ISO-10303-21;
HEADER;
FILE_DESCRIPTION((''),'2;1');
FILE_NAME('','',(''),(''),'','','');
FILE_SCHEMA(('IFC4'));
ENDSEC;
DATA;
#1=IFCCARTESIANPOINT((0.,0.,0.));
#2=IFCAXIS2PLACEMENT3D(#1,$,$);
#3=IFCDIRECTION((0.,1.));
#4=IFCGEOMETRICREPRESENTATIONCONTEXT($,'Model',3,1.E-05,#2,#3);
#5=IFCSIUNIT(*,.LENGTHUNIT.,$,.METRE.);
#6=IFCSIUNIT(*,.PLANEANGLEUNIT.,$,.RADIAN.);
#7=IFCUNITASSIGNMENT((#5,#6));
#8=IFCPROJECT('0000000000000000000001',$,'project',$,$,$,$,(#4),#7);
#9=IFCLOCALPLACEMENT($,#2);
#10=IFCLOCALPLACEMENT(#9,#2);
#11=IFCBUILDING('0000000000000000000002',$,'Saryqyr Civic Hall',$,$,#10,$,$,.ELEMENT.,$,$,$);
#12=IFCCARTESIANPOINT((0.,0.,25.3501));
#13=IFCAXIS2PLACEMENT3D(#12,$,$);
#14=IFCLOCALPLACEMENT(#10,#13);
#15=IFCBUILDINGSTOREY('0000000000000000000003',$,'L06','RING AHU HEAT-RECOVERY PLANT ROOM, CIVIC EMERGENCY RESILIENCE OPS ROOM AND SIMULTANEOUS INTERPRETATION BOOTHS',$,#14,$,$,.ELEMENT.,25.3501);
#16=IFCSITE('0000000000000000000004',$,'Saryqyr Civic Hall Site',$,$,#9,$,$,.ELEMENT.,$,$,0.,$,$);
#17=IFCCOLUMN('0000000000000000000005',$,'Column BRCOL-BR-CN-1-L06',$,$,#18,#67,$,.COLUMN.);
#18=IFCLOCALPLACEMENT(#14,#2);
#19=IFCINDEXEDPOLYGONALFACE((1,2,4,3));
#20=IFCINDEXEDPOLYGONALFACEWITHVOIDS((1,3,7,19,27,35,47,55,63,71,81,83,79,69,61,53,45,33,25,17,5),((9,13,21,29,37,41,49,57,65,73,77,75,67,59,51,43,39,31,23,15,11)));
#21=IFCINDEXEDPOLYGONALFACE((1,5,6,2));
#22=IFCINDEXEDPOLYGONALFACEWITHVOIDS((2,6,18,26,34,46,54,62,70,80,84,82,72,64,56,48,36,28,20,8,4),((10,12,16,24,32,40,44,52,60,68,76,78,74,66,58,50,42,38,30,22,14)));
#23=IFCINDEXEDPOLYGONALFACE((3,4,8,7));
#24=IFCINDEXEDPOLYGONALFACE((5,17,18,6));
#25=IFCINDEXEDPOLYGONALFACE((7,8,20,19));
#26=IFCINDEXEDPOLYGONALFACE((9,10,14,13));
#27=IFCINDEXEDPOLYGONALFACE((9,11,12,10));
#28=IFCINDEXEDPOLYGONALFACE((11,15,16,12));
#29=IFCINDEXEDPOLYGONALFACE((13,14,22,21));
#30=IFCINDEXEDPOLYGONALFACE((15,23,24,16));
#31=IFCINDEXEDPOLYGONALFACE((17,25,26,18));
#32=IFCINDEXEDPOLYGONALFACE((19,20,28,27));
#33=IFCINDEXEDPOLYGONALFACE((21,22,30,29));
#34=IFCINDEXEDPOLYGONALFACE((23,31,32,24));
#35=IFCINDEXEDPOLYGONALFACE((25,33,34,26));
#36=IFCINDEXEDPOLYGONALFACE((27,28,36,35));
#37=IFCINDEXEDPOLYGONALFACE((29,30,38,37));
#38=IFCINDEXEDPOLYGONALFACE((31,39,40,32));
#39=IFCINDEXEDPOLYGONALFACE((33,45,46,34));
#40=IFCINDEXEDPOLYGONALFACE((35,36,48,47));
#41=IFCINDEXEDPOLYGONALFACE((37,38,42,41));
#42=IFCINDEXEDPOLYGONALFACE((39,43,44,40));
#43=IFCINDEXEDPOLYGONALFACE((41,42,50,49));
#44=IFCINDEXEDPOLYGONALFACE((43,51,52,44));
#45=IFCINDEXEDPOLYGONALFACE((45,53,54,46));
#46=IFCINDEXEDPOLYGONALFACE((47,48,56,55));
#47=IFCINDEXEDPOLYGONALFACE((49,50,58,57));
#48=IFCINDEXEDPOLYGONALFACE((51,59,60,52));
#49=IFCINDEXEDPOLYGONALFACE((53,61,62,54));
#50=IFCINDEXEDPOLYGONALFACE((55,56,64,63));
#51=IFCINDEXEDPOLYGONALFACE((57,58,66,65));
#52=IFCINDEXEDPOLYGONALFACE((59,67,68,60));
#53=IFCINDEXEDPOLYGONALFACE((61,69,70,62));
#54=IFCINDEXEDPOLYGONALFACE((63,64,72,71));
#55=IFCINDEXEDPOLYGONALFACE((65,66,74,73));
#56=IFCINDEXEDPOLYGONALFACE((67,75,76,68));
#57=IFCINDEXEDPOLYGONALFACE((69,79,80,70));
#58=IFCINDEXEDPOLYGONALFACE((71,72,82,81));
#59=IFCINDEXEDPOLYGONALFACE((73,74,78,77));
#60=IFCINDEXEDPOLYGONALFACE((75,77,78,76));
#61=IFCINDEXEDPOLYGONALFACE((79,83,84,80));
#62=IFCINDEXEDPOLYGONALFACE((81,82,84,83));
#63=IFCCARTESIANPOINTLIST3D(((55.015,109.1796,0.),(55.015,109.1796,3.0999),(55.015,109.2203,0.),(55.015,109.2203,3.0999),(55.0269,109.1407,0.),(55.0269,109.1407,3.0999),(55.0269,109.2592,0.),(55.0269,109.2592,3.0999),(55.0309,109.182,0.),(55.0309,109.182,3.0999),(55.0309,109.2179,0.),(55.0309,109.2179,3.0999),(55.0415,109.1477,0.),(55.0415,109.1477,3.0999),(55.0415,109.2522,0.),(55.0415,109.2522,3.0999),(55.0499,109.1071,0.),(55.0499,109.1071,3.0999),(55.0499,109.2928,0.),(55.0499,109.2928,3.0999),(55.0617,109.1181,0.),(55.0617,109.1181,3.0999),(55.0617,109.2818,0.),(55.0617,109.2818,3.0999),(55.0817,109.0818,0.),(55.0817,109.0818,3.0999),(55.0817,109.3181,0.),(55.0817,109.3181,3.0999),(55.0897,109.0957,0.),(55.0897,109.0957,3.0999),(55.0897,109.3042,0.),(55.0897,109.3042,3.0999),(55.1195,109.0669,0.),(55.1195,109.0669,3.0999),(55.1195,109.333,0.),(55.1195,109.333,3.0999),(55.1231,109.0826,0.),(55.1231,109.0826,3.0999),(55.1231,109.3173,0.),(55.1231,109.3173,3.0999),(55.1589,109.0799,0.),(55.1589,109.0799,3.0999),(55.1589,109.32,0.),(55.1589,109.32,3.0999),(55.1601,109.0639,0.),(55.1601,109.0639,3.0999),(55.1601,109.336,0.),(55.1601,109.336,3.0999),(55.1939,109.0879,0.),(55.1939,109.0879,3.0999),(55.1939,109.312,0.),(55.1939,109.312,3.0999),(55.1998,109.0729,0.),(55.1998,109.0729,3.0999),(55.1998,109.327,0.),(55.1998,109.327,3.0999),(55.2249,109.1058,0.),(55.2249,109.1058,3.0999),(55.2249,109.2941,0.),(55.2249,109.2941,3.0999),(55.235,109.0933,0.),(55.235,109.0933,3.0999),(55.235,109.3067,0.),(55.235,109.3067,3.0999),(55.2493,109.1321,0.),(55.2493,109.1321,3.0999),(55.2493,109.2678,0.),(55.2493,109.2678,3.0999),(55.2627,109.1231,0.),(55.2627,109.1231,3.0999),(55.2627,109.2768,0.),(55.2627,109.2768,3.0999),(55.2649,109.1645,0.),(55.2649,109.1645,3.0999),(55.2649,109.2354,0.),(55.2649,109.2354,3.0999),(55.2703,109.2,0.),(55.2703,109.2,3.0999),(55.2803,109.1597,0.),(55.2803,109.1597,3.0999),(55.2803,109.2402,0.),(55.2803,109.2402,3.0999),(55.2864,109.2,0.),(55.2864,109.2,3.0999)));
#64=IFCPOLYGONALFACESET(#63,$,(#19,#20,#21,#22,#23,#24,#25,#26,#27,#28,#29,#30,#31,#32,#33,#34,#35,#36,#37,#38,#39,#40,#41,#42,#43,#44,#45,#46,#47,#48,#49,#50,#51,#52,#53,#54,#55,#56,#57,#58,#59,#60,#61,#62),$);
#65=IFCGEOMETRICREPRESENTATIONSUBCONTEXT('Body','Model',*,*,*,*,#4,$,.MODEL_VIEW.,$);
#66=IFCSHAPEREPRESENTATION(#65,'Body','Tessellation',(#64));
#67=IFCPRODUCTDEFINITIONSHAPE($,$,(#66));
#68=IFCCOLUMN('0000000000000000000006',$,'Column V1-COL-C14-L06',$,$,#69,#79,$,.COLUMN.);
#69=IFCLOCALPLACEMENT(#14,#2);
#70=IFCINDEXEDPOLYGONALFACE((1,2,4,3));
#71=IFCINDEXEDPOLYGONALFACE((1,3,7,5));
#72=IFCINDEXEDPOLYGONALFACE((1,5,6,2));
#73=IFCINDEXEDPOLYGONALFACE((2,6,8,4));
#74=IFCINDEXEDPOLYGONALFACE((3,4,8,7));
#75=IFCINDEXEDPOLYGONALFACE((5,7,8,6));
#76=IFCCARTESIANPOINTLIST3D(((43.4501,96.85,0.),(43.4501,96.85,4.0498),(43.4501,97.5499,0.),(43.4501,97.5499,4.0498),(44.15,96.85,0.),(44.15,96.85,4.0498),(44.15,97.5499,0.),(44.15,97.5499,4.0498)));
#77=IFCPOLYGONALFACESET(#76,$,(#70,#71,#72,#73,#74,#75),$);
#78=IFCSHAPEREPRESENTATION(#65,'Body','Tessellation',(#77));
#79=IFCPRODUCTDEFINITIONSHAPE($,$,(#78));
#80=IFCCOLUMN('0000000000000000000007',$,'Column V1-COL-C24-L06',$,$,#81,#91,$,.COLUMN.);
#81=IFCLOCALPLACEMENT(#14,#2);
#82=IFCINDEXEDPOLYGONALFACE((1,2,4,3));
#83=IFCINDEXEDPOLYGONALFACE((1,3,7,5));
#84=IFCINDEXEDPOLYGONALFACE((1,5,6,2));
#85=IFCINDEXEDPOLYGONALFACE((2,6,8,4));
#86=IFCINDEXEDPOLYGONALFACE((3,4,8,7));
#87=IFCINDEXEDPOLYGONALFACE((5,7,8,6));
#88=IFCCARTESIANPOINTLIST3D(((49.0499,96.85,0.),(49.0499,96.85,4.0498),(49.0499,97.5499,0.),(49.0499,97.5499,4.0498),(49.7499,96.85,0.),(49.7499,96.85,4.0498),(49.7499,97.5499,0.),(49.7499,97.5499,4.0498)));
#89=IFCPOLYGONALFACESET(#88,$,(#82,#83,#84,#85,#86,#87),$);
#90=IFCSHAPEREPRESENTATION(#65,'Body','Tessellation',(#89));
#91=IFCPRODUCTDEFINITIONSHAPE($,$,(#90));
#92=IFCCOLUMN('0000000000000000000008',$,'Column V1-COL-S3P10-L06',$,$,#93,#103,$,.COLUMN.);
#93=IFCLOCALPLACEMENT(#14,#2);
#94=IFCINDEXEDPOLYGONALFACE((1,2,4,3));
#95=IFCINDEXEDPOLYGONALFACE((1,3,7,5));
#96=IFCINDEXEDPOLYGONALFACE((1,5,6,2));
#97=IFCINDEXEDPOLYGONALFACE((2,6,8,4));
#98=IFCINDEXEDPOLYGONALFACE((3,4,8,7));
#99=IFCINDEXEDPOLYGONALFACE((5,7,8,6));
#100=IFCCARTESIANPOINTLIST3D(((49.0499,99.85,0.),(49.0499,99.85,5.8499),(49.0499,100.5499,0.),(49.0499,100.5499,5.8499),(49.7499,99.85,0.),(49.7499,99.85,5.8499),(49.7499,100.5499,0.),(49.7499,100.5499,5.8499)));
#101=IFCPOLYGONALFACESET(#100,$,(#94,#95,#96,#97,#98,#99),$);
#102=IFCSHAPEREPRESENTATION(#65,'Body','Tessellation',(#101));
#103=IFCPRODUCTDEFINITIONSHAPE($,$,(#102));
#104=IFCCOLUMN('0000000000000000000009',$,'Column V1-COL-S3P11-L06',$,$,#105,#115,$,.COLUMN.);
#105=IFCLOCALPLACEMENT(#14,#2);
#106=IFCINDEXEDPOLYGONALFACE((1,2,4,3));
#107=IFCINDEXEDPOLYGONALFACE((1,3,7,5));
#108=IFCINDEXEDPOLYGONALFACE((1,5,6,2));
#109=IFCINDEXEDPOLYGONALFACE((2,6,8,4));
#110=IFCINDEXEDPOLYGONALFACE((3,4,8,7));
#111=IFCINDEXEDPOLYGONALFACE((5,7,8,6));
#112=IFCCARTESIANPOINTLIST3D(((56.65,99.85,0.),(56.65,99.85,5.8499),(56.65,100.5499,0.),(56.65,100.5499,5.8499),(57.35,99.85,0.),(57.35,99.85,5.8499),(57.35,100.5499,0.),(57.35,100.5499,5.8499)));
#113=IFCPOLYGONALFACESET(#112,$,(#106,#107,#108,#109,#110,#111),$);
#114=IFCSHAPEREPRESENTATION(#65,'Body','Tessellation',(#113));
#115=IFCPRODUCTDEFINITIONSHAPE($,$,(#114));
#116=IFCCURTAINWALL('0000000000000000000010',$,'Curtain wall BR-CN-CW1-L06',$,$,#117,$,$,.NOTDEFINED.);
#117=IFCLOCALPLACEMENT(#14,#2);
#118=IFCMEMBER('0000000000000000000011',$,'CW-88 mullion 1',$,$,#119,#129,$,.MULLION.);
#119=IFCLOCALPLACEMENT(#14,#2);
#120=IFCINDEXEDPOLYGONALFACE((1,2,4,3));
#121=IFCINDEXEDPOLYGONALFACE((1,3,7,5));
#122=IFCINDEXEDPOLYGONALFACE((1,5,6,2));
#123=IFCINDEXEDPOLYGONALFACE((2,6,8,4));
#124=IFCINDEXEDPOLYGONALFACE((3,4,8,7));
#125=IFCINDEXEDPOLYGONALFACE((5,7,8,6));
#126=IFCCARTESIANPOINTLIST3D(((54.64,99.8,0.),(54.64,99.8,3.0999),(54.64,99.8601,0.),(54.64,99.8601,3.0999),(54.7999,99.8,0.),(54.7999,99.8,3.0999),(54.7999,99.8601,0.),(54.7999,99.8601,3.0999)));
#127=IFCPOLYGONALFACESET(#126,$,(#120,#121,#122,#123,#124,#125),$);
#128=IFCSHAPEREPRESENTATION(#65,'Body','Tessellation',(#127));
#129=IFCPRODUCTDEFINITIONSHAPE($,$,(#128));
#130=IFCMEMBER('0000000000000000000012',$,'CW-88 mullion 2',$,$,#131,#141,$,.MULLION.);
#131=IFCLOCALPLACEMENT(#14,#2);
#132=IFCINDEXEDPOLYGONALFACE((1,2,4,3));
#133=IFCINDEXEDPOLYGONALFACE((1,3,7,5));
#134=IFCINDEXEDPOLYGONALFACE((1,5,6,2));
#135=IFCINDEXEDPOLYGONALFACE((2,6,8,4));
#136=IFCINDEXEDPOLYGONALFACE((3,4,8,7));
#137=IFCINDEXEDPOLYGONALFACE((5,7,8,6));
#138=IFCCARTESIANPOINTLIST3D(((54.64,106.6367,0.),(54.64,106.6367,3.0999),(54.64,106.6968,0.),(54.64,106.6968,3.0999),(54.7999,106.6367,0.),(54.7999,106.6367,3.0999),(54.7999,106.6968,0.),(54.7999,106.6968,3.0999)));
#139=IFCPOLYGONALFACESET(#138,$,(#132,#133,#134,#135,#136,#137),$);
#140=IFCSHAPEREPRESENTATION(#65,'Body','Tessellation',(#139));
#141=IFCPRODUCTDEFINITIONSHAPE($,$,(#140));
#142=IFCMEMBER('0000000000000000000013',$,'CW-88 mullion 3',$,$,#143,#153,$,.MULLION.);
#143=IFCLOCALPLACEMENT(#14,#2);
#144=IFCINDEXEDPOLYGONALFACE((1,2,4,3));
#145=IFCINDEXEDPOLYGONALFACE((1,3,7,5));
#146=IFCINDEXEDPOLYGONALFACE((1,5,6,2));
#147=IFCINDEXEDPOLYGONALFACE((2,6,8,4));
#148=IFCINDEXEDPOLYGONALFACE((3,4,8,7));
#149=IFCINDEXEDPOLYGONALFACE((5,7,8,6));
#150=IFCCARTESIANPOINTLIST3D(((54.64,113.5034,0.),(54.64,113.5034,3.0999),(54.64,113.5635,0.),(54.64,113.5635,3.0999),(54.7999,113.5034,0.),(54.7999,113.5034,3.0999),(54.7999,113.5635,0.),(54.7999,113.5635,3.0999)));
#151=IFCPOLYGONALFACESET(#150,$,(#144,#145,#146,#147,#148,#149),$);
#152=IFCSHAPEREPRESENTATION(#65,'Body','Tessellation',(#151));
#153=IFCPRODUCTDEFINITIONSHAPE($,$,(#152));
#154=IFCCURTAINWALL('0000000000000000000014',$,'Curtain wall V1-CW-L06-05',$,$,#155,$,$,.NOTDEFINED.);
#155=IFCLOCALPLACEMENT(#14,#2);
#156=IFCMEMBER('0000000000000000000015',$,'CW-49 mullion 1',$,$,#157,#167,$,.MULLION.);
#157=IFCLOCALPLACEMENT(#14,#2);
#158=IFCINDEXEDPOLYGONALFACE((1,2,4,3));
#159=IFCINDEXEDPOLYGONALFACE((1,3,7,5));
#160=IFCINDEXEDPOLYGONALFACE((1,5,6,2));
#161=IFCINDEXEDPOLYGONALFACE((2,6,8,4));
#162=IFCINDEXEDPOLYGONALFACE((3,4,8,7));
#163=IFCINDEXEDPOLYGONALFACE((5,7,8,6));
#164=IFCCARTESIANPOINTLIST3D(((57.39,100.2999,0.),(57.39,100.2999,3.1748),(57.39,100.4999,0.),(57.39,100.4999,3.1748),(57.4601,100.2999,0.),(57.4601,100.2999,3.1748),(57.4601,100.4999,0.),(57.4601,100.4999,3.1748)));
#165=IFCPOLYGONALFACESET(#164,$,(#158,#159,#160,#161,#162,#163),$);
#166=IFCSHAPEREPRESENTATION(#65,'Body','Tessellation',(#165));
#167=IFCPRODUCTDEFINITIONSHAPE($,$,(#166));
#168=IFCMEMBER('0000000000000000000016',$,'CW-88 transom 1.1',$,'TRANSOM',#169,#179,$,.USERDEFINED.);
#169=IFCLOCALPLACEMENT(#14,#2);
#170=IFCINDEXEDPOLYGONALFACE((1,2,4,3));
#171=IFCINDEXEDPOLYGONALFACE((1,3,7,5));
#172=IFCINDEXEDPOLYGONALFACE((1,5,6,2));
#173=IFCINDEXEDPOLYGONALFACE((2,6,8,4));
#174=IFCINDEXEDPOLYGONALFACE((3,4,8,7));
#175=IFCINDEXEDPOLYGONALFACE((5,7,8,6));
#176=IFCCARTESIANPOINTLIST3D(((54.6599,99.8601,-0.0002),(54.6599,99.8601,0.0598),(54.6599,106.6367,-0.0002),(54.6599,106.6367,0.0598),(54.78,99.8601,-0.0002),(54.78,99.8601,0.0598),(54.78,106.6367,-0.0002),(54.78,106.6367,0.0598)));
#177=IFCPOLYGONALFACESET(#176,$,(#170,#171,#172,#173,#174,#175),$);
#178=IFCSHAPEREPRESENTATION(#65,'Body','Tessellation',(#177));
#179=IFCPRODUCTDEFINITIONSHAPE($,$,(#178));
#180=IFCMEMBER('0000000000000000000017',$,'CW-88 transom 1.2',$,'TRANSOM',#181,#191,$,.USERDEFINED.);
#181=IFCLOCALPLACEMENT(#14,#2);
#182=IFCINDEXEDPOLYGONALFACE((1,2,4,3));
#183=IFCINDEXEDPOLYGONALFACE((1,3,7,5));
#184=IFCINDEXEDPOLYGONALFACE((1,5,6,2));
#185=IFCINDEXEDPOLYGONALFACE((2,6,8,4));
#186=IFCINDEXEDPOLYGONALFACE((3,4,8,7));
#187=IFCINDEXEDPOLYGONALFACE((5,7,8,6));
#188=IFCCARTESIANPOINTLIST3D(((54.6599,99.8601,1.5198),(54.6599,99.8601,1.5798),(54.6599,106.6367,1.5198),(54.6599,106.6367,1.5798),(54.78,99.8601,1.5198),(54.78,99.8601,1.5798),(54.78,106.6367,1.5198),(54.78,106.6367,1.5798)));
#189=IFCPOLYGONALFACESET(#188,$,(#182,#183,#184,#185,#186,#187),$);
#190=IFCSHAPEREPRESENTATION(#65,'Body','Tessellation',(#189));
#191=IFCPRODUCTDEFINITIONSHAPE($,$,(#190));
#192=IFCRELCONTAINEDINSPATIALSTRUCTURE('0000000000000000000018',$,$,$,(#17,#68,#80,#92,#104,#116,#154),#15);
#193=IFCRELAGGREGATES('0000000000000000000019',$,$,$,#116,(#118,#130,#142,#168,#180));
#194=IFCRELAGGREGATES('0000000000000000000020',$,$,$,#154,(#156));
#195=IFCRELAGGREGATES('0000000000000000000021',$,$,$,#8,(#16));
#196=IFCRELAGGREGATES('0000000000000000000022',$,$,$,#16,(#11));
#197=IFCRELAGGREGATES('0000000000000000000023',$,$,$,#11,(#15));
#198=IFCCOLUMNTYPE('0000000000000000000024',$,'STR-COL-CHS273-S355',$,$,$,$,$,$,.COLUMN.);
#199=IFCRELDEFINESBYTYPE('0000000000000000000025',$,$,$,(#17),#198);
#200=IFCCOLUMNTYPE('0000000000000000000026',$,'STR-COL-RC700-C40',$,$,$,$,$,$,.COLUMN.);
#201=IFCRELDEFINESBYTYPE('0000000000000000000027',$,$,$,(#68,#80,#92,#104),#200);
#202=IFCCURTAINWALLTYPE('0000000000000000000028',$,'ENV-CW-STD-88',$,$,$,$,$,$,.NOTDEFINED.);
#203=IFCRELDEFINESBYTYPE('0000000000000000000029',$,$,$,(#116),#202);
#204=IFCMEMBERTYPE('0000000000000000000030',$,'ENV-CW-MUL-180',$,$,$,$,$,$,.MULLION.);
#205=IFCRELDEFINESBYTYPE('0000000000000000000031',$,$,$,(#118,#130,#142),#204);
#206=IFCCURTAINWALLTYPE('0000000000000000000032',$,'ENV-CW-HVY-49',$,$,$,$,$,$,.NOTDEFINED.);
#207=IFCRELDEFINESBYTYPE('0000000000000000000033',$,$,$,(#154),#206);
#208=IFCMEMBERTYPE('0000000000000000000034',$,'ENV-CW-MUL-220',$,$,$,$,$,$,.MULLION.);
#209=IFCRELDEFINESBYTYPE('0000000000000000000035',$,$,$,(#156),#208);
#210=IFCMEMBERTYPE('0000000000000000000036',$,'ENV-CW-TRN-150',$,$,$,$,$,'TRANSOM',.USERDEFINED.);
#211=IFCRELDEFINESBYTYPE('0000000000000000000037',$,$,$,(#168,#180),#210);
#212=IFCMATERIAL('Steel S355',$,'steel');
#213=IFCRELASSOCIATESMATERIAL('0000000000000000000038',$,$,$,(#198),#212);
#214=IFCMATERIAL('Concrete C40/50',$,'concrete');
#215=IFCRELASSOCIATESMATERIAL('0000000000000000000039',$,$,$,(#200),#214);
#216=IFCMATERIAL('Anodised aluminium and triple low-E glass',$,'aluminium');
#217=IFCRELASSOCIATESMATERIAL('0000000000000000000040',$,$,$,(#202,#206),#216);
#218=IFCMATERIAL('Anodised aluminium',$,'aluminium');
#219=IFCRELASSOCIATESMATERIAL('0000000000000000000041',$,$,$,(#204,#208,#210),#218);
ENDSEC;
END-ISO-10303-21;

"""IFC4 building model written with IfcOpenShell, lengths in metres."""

from ifc_helpers import new_model, si_unit, direction, frame, origin, origin_2d, place, context, subcontext, project, spatial, rectangle, hollow_circle, extrude, material, material_profile, profile_set, type_object, element, aggregate, save


model = new_model("IFC4")

# Units and contexts
model_context = context("Model", 3, precision=1e-05, world=origin(), true_north=direction((0.0, 1.0)))
body_context = subcontext(model_context, "Body", "Model", "MODEL_VIEW")
ifc_project = project(units=[si_unit("LENGTHUNIT", "METRE"), si_unit("PLANEANGLEUNIT", "RADIAN")], contexts=[model_context])

# Site, building, storey
site_placement = place(None, origin())
site = spatial("IfcSite", under=ifc_project, at=site_placement, Name="Saryqyr Civic Hall Site", CompositionType="ELEMENT", RefElevation=0.0)
building_placement = place(site_placement, origin())
building = spatial("IfcBuilding", under=site, at=building_placement, Name="Saryqyr Civic Hall", CompositionType="ELEMENT")
storey_placement = place(building_placement, frame((0.0, 0.0, 25.3501)))
storey = spatial("IfcBuildingStorey", under=building, at=storey_placement, Name="L06", Description="RING AHU HEAT-RECOVERY PLANT ROOM, CIVIC EMERGENCY RESILIENCE OPS ROOM AND SIMULTANEOUS INTERPRETATION BOOTHS", CompositionType="ELEMENT", Elevation=25.3501)

# Columns
ifc_material_1 = material(Name="Steel S355", Category="steel")
ifc_material_profile_1 = material_profile(ifc_material_1, hollow_circle(Radius=0.1365, WallThickness=0.0161, at=origin_2d()), Name="CHS 273x16")
ifc_profile_set_1 = profile_set([ifc_material_profile_1], Name="Steel S355")
column_type_1 = type_object("IfcColumnType", Name="STR-COL-CHS273-S355", PredefinedType="COLUMN", material=ifc_profile_set_1)
column_placement = place(storey_placement, frame((55.1499, 109.2, 0.0), z_axis=(0.0, 0.0, 1.0), x_axis=(1.0, 0.0, 0.0)))
element("IfcColumn", 1, at=column_placement, inside=storey, type_object=column_type_1, Name="Column BRCOL-BR-CN-1-L06", PredefinedType="COLUMN", context=body_context, shape_type="SweptSolid", body=[
    extrude(hollow_circle(Radius=0.1365, WallThickness=0.0161, at=origin_2d()), origin(), (0.0, 0.0, 1.0), 3.0999),
])
ifc_material_2 = material(Name="Concrete C40/50", Category="concrete")
ifc_material_profile_2 = material_profile(ifc_material_2, rectangle(XDim=0.7, YDim=0.7, at=origin_2d()), Name="RC 700x700")
ifc_profile_set_2 = profile_set([ifc_material_profile_2], Name="Concrete C40/50")
column_type_2 = type_object("IfcColumnType", Name="STR-COL-RC700-C40", PredefinedType="COLUMN", material=ifc_profile_set_2)
for number, where, z_axis, x_axis, name in (
    (2, (43.8, 97.2, 0.0), (0.0, 0.0, 1.0), (1.0, 0.0, 0.0), "Column V1-COL-C14-L06"),
    (3, (49.3999, 97.2, 0.0), (0.0, 0.0, 1.0), (1.0, 0.0, 0.0), "Column V1-COL-C24-L06"),
):
    element("IfcColumn", number, at=place(storey_placement, frame(where, z_axis=z_axis, x_axis=x_axis)), inside=storey, type_object=column_type_2, Name=name, PredefinedType="COLUMN", context=body_context, shape_type="SweptSolid", body=[
        extrude(rectangle(XDim=0.7, YDim=0.7, at=origin_2d()), origin(), (0.0, 0.0, 1.0), 4.0498),
    ])
for number, where, z_axis, x_axis, name in (
    (4, (49.3999, 100.2, 0.0), (0.0, 0.0, 1.0), (1.0, 0.0, 0.0), "Column V1-COL-S3P10-L06"),
    (5, (57.0, 100.2, 0.0), (0.0, 0.0, 1.0), (1.0, 0.0, 0.0), "Column V1-COL-S3P11-L06"),
):
    element("IfcColumn", number, at=place(storey_placement, frame(where, z_axis=z_axis, x_axis=x_axis)), inside=storey, type_object=column_type_2, Name=name, PredefinedType="COLUMN", context=body_context, shape_type="SweptSolid", body=[
        extrude(rectangle(XDim=0.7, YDim=0.7, at=origin_2d()), origin(), (0.0, 0.0, 1.0), 5.8499),
    ])

# Curtain wall, members
ifc_material_3 = material(Name="Anodised aluminium and triple low-E glass", Category="aluminium")
curtain_wall_type_1 = type_object("IfcCurtainWallType", Name="ENV-CW-STD-88", PredefinedType="NOTDEFINED", material=ifc_material_3)
curtain_wall_1_placement = place(storey_placement, origin())
curtain_wall_1 = element("IfcCurtainWall", 6, at=curtain_wall_1_placement, inside=storey, type_object=curtain_wall_type_1, Name="Curtain wall BR-CN-CW1-L06", PredefinedType="NOTDEFINED")
ifc_material_4 = material(Name="Anodised aluminium", Category="aluminium")
ifc_material_profile_3 = material_profile(ifc_material_4, rectangle(XDim=0.0601, YDim=0.1599, at=origin_2d()), Name="ALU MULLION 60x160")
ifc_profile_set_3 = profile_set([ifc_material_profile_3], Name="Anodised aluminium")
member_type_1 = type_object("IfcMemberType", Name="ENV-CW-MUL-180", PredefinedType="MULLION", material=ifc_profile_set_3)
member_1_placement = place(storey_placement, frame((54.72, 99.8301, 0.0), z_axis=(0.0, 0.0, 1.0), x_axis=(0.0, 1.0, 0.0)))
member_1 = element("IfcMember", 7, at=member_1_placement, type_object=member_type_1, Name="CW-88 mullion 1", PredefinedType="MULLION", context=body_context, shape_type="SweptSolid", body=[
    extrude(rectangle(XDim=0.0601, YDim=0.1599, at=origin_2d()), origin(), (0.0, 0.0, 1.0), 3.0999),
])
member_2_placement = place(storey_placement, frame((54.72, 106.6667, 0.0), z_axis=(0.0, 0.0, 1.0), x_axis=(0.0, 1.0, 0.0)))
member_2 = element("IfcMember", 8, at=member_2_placement, type_object=member_type_1, Name="CW-88 mullion 2", PredefinedType="MULLION", context=body_context, shape_type="SweptSolid", body=[
    extrude(rectangle(XDim=0.0601, YDim=0.1599, at=origin_2d()), origin(), (0.0, 0.0, 1.0), 3.0999),
])
member_3_placement = place(storey_placement, frame((54.72, 113.5334, 0.0), z_axis=(0.0, 0.0, 1.0), x_axis=(0.0, 1.0, 0.0)))
member_3 = element("IfcMember", 9, at=member_3_placement, type_object=member_type_1, Name="CW-88 mullion 3", PredefinedType="MULLION", context=body_context, shape_type="SweptSolid", body=[
    extrude(rectangle(XDim=0.0601, YDim=0.1599, at=origin_2d()), origin(), (0.0, 0.0, 1.0), 3.0999),
])

# Curtain wall, member
curtain_wall_type_2 = type_object("IfcCurtainWallType", Name="ENV-CW-HVY-49", PredefinedType="NOTDEFINED", material=ifc_material_3)
curtain_wall_2_placement = place(storey_placement, origin())
curtain_wall_2 = element("IfcCurtainWall", 10, at=curtain_wall_2_placement, inside=storey, type_object=curtain_wall_type_2, Name="Curtain wall V1-CW-L06-05", PredefinedType="NOTDEFINED")
ifc_material_profile_4 = material_profile(ifc_material_4, rectangle(XDim=0.0701, YDim=0.2, at=origin_2d()), Name="ALU MULLION 70x200")
ifc_profile_set_4 = profile_set([ifc_material_profile_4], Name="Anodised aluminium")
member_type_2 = type_object("IfcMemberType", Name="ENV-CW-MUL-220", PredefinedType="MULLION", material=ifc_profile_set_4)
member_4_placement = place(storey_placement, frame((57.425, 100.3999, 0.0), z_axis=(0.0, 0.0, 1.0), x_axis=(1.0, 0.0, 0.0)))
member_4 = element("IfcMember", 11, at=member_4_placement, type_object=member_type_2, Name="CW-49 mullion 1", PredefinedType="MULLION", context=body_context, shape_type="SweptSolid", body=[
    extrude(rectangle(XDim=0.0701, YDim=0.2, at=origin_2d()), origin(), (0.0, 0.0, 1.0), 3.1748),
])

# Members
ifc_material_profile_5 = material_profile(ifc_material_4, rectangle(XDim=0.1201, YDim=0.0601, at=origin_2d()), Name="ALU TRANSOM 120x60")
ifc_profile_set_5 = profile_set([ifc_material_profile_5], Name="Anodised aluminium")
member_type_3 = type_object("IfcMemberType", Name="ENV-CW-TRN-150", ElementType="TRANSOM", PredefinedType="USERDEFINED", material=ifc_profile_set_5)
member_5_placement = place(storey_placement, frame((54.72, 99.8601, 0.0298), z_axis=(0.0, 1.0, 0.0), x_axis=(-1.0, 0.0, 0.0)))
member_5 = element("IfcMember", 12, at=member_5_placement, type_object=member_type_3, Name="CW-88 transom 1.1", ObjectType="TRANSOM", PredefinedType="USERDEFINED", context=body_context, shape_type="SweptSolid", body=[
    extrude(rectangle(XDim=0.1201, YDim=0.0601, at=origin_2d()), origin(), (0.0, 0.0, 1.0), 6.7766),
])
member_6_placement = place(storey_placement, frame((54.72, 99.8601, 1.5498), z_axis=(0.0, 1.0, 0.0), x_axis=(-1.0, 0.0, 0.0)))
member_6 = element("IfcMember", 13, at=member_6_placement, type_object=member_type_3, Name="CW-88 transom 1.2", ObjectType="TRANSOM", PredefinedType="USERDEFINED", context=body_context, shape_type="SweptSolid", body=[
    extrude(rectangle(XDim=0.1201, YDim=0.0601, at=origin_2d()), origin(), (0.0, 0.0, 1.0), 6.7766),
])

aggregate(curtain_wall_1, [member_1, member_2, member_3, member_5, member_6])
aggregate(curtain_wall_2, [member_4])

save(model, "model.ifc")
